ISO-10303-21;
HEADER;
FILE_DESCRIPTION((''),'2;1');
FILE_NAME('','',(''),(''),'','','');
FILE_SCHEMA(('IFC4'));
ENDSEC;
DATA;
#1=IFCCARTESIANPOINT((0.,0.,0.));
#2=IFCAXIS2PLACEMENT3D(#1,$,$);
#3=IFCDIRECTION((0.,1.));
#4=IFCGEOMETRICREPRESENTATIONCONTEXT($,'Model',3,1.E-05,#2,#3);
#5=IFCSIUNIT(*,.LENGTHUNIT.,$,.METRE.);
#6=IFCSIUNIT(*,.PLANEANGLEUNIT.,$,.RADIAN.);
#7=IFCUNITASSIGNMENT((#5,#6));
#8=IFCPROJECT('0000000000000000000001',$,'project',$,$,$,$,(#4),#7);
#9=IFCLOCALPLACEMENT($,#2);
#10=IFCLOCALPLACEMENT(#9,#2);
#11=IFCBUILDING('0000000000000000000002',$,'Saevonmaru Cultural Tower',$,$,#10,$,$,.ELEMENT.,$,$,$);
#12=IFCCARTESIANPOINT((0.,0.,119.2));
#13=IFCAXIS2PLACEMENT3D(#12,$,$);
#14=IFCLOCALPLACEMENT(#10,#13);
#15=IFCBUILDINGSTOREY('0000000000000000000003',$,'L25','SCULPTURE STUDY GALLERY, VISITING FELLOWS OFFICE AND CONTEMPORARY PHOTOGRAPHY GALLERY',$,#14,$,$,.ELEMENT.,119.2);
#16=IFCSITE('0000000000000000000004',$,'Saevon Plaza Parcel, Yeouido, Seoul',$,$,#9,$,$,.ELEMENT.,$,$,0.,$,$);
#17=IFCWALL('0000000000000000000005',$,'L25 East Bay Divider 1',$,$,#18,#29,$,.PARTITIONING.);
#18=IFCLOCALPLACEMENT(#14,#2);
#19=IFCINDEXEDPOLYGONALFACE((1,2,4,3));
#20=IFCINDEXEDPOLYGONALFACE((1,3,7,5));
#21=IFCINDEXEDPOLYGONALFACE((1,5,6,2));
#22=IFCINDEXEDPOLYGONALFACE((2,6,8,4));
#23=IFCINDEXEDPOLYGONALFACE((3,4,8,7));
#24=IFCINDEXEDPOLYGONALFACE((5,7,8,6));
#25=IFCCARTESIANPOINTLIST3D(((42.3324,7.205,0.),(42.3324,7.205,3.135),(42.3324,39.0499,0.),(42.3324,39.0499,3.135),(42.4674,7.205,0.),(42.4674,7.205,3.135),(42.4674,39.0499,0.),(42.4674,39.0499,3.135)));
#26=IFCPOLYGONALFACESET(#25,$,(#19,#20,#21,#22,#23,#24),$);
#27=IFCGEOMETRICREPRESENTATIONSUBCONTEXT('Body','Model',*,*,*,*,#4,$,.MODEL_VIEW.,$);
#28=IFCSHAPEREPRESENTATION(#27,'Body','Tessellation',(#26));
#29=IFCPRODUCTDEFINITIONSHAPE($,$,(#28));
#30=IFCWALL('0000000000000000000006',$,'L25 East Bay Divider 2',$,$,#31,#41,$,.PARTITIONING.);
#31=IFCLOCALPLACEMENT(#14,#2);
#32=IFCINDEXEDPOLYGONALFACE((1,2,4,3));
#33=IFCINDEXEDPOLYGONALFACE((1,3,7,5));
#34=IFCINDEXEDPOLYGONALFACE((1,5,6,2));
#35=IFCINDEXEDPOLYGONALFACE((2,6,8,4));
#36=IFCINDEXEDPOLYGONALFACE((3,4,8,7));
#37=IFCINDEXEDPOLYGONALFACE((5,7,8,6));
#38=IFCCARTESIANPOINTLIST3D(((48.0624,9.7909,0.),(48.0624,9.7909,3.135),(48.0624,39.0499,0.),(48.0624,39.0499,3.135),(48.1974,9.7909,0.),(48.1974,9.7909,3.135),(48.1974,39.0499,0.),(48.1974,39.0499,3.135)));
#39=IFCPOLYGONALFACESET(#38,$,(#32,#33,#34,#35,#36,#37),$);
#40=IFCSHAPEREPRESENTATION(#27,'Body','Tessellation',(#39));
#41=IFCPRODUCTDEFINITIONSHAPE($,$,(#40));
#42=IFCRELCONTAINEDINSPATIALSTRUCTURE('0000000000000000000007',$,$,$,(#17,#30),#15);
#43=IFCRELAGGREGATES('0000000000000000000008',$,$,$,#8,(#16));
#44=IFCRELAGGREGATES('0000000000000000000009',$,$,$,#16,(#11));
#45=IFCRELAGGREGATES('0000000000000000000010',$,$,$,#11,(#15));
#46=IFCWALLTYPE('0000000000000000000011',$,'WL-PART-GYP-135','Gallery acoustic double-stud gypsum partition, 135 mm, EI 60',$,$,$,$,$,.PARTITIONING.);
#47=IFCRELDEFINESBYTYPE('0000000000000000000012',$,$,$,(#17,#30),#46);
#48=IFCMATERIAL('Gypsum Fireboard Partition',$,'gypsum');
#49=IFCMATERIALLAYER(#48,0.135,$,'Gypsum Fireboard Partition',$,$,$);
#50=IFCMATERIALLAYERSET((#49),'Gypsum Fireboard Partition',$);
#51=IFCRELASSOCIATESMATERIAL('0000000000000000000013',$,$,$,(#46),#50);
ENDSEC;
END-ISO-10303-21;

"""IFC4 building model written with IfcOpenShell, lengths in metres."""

from ifc_helpers import new_model, si_unit, direction, frame, frame_2d, origin, place, context, subcontext, project, spatial, rectangle, extrude, material, layer, layer_set, type_object, element, save


model = new_model("IFC4")

# Units and contexts
model_context = context("Model", 3, precision=1e-05, world=origin(), true_north=direction((0.0, 1.0)))
body_context = subcontext(model_context, "Body", "Model", "MODEL_VIEW")
ifc_project = project(units=[si_unit("LENGTHUNIT", "METRE"), si_unit("PLANEANGLEUNIT", "RADIAN")], contexts=[model_context])

# Site, building, storey
site_placement = place(None, origin())
site = spatial("IfcSite", under=ifc_project, at=site_placement, Name="Saevon Plaza Parcel, Yeouido, Seoul", CompositionType="ELEMENT", RefElevation=0.0)
building_placement = place(site_placement, origin())
building = spatial("IfcBuilding", under=site, at=building_placement, Name="Saevonmaru Cultural Tower", CompositionType="ELEMENT")
storey_placement = place(building_placement, frame((0.0, 0.0, 119.2)))
storey = spatial("IfcBuildingStorey", under=building, at=storey_placement, Name="L25", Description="SCULPTURE STUDY GALLERY, VISITING FELLOWS OFFICE AND CONTEMPORARY PHOTOGRAPHY GALLERY", CompositionType="ELEMENT", Elevation=119.2)

# Walls
ifc_material_1 = material(Name="Gypsum Fireboard Partition", Category="gypsum")
ifc_layer_1 = layer(ifc_material_1, 0.135, Name="Gypsum Fireboard Partition")
ifc_layer_set_1 = layer_set([ifc_layer_1], Name="Gypsum Fireboard Partition")
wall_type_1 = type_object("IfcWallType", Name="WL-PART-GYP-135", Description="Gallery acoustic double-stud gypsum partition, 135 mm, EI 60", PredefinedType="PARTITIONING", material=ifc_layer_set_1)
wall_1_placement = place(storey_placement, frame((42.3999, 7.2051, 0.0), z_axis=(0.0, 0.0, 1.0), x_axis=(0.0, 1.0, 0.0)))
element("IfcWall", 1, at=wall_1_placement, inside=storey, type_object=wall_type_1, Name="L25 East Bay Divider 1", PredefinedType="PARTITIONING", context=body_context, shape_type="SweptSolid", body=[
    extrude(rectangle(XDim=31.845, YDim=0.135, at=frame_2d((15.9224, 0.0))), origin(), (0.0, 0.0, 1.0), 3.135),
])
wall_2_placement = place(storey_placement, frame((48.1299, 9.791, 0.0), z_axis=(0.0, 0.0, 1.0), x_axis=(0.0, 1.0, 0.0)))
element("IfcWall", 2, at=wall_2_placement, inside=storey, type_object=wall_type_1, Name="L25 East Bay Divider 2", PredefinedType="PARTITIONING", context=body_context, shape_type="SweptSolid", body=[
    extrude(rectangle(XDim=29.259, YDim=0.135, at=frame_2d((14.6294, 0.0))), origin(), (0.0, 0.0, 1.0), 3.135),
])

save(model, "model.ifc")
